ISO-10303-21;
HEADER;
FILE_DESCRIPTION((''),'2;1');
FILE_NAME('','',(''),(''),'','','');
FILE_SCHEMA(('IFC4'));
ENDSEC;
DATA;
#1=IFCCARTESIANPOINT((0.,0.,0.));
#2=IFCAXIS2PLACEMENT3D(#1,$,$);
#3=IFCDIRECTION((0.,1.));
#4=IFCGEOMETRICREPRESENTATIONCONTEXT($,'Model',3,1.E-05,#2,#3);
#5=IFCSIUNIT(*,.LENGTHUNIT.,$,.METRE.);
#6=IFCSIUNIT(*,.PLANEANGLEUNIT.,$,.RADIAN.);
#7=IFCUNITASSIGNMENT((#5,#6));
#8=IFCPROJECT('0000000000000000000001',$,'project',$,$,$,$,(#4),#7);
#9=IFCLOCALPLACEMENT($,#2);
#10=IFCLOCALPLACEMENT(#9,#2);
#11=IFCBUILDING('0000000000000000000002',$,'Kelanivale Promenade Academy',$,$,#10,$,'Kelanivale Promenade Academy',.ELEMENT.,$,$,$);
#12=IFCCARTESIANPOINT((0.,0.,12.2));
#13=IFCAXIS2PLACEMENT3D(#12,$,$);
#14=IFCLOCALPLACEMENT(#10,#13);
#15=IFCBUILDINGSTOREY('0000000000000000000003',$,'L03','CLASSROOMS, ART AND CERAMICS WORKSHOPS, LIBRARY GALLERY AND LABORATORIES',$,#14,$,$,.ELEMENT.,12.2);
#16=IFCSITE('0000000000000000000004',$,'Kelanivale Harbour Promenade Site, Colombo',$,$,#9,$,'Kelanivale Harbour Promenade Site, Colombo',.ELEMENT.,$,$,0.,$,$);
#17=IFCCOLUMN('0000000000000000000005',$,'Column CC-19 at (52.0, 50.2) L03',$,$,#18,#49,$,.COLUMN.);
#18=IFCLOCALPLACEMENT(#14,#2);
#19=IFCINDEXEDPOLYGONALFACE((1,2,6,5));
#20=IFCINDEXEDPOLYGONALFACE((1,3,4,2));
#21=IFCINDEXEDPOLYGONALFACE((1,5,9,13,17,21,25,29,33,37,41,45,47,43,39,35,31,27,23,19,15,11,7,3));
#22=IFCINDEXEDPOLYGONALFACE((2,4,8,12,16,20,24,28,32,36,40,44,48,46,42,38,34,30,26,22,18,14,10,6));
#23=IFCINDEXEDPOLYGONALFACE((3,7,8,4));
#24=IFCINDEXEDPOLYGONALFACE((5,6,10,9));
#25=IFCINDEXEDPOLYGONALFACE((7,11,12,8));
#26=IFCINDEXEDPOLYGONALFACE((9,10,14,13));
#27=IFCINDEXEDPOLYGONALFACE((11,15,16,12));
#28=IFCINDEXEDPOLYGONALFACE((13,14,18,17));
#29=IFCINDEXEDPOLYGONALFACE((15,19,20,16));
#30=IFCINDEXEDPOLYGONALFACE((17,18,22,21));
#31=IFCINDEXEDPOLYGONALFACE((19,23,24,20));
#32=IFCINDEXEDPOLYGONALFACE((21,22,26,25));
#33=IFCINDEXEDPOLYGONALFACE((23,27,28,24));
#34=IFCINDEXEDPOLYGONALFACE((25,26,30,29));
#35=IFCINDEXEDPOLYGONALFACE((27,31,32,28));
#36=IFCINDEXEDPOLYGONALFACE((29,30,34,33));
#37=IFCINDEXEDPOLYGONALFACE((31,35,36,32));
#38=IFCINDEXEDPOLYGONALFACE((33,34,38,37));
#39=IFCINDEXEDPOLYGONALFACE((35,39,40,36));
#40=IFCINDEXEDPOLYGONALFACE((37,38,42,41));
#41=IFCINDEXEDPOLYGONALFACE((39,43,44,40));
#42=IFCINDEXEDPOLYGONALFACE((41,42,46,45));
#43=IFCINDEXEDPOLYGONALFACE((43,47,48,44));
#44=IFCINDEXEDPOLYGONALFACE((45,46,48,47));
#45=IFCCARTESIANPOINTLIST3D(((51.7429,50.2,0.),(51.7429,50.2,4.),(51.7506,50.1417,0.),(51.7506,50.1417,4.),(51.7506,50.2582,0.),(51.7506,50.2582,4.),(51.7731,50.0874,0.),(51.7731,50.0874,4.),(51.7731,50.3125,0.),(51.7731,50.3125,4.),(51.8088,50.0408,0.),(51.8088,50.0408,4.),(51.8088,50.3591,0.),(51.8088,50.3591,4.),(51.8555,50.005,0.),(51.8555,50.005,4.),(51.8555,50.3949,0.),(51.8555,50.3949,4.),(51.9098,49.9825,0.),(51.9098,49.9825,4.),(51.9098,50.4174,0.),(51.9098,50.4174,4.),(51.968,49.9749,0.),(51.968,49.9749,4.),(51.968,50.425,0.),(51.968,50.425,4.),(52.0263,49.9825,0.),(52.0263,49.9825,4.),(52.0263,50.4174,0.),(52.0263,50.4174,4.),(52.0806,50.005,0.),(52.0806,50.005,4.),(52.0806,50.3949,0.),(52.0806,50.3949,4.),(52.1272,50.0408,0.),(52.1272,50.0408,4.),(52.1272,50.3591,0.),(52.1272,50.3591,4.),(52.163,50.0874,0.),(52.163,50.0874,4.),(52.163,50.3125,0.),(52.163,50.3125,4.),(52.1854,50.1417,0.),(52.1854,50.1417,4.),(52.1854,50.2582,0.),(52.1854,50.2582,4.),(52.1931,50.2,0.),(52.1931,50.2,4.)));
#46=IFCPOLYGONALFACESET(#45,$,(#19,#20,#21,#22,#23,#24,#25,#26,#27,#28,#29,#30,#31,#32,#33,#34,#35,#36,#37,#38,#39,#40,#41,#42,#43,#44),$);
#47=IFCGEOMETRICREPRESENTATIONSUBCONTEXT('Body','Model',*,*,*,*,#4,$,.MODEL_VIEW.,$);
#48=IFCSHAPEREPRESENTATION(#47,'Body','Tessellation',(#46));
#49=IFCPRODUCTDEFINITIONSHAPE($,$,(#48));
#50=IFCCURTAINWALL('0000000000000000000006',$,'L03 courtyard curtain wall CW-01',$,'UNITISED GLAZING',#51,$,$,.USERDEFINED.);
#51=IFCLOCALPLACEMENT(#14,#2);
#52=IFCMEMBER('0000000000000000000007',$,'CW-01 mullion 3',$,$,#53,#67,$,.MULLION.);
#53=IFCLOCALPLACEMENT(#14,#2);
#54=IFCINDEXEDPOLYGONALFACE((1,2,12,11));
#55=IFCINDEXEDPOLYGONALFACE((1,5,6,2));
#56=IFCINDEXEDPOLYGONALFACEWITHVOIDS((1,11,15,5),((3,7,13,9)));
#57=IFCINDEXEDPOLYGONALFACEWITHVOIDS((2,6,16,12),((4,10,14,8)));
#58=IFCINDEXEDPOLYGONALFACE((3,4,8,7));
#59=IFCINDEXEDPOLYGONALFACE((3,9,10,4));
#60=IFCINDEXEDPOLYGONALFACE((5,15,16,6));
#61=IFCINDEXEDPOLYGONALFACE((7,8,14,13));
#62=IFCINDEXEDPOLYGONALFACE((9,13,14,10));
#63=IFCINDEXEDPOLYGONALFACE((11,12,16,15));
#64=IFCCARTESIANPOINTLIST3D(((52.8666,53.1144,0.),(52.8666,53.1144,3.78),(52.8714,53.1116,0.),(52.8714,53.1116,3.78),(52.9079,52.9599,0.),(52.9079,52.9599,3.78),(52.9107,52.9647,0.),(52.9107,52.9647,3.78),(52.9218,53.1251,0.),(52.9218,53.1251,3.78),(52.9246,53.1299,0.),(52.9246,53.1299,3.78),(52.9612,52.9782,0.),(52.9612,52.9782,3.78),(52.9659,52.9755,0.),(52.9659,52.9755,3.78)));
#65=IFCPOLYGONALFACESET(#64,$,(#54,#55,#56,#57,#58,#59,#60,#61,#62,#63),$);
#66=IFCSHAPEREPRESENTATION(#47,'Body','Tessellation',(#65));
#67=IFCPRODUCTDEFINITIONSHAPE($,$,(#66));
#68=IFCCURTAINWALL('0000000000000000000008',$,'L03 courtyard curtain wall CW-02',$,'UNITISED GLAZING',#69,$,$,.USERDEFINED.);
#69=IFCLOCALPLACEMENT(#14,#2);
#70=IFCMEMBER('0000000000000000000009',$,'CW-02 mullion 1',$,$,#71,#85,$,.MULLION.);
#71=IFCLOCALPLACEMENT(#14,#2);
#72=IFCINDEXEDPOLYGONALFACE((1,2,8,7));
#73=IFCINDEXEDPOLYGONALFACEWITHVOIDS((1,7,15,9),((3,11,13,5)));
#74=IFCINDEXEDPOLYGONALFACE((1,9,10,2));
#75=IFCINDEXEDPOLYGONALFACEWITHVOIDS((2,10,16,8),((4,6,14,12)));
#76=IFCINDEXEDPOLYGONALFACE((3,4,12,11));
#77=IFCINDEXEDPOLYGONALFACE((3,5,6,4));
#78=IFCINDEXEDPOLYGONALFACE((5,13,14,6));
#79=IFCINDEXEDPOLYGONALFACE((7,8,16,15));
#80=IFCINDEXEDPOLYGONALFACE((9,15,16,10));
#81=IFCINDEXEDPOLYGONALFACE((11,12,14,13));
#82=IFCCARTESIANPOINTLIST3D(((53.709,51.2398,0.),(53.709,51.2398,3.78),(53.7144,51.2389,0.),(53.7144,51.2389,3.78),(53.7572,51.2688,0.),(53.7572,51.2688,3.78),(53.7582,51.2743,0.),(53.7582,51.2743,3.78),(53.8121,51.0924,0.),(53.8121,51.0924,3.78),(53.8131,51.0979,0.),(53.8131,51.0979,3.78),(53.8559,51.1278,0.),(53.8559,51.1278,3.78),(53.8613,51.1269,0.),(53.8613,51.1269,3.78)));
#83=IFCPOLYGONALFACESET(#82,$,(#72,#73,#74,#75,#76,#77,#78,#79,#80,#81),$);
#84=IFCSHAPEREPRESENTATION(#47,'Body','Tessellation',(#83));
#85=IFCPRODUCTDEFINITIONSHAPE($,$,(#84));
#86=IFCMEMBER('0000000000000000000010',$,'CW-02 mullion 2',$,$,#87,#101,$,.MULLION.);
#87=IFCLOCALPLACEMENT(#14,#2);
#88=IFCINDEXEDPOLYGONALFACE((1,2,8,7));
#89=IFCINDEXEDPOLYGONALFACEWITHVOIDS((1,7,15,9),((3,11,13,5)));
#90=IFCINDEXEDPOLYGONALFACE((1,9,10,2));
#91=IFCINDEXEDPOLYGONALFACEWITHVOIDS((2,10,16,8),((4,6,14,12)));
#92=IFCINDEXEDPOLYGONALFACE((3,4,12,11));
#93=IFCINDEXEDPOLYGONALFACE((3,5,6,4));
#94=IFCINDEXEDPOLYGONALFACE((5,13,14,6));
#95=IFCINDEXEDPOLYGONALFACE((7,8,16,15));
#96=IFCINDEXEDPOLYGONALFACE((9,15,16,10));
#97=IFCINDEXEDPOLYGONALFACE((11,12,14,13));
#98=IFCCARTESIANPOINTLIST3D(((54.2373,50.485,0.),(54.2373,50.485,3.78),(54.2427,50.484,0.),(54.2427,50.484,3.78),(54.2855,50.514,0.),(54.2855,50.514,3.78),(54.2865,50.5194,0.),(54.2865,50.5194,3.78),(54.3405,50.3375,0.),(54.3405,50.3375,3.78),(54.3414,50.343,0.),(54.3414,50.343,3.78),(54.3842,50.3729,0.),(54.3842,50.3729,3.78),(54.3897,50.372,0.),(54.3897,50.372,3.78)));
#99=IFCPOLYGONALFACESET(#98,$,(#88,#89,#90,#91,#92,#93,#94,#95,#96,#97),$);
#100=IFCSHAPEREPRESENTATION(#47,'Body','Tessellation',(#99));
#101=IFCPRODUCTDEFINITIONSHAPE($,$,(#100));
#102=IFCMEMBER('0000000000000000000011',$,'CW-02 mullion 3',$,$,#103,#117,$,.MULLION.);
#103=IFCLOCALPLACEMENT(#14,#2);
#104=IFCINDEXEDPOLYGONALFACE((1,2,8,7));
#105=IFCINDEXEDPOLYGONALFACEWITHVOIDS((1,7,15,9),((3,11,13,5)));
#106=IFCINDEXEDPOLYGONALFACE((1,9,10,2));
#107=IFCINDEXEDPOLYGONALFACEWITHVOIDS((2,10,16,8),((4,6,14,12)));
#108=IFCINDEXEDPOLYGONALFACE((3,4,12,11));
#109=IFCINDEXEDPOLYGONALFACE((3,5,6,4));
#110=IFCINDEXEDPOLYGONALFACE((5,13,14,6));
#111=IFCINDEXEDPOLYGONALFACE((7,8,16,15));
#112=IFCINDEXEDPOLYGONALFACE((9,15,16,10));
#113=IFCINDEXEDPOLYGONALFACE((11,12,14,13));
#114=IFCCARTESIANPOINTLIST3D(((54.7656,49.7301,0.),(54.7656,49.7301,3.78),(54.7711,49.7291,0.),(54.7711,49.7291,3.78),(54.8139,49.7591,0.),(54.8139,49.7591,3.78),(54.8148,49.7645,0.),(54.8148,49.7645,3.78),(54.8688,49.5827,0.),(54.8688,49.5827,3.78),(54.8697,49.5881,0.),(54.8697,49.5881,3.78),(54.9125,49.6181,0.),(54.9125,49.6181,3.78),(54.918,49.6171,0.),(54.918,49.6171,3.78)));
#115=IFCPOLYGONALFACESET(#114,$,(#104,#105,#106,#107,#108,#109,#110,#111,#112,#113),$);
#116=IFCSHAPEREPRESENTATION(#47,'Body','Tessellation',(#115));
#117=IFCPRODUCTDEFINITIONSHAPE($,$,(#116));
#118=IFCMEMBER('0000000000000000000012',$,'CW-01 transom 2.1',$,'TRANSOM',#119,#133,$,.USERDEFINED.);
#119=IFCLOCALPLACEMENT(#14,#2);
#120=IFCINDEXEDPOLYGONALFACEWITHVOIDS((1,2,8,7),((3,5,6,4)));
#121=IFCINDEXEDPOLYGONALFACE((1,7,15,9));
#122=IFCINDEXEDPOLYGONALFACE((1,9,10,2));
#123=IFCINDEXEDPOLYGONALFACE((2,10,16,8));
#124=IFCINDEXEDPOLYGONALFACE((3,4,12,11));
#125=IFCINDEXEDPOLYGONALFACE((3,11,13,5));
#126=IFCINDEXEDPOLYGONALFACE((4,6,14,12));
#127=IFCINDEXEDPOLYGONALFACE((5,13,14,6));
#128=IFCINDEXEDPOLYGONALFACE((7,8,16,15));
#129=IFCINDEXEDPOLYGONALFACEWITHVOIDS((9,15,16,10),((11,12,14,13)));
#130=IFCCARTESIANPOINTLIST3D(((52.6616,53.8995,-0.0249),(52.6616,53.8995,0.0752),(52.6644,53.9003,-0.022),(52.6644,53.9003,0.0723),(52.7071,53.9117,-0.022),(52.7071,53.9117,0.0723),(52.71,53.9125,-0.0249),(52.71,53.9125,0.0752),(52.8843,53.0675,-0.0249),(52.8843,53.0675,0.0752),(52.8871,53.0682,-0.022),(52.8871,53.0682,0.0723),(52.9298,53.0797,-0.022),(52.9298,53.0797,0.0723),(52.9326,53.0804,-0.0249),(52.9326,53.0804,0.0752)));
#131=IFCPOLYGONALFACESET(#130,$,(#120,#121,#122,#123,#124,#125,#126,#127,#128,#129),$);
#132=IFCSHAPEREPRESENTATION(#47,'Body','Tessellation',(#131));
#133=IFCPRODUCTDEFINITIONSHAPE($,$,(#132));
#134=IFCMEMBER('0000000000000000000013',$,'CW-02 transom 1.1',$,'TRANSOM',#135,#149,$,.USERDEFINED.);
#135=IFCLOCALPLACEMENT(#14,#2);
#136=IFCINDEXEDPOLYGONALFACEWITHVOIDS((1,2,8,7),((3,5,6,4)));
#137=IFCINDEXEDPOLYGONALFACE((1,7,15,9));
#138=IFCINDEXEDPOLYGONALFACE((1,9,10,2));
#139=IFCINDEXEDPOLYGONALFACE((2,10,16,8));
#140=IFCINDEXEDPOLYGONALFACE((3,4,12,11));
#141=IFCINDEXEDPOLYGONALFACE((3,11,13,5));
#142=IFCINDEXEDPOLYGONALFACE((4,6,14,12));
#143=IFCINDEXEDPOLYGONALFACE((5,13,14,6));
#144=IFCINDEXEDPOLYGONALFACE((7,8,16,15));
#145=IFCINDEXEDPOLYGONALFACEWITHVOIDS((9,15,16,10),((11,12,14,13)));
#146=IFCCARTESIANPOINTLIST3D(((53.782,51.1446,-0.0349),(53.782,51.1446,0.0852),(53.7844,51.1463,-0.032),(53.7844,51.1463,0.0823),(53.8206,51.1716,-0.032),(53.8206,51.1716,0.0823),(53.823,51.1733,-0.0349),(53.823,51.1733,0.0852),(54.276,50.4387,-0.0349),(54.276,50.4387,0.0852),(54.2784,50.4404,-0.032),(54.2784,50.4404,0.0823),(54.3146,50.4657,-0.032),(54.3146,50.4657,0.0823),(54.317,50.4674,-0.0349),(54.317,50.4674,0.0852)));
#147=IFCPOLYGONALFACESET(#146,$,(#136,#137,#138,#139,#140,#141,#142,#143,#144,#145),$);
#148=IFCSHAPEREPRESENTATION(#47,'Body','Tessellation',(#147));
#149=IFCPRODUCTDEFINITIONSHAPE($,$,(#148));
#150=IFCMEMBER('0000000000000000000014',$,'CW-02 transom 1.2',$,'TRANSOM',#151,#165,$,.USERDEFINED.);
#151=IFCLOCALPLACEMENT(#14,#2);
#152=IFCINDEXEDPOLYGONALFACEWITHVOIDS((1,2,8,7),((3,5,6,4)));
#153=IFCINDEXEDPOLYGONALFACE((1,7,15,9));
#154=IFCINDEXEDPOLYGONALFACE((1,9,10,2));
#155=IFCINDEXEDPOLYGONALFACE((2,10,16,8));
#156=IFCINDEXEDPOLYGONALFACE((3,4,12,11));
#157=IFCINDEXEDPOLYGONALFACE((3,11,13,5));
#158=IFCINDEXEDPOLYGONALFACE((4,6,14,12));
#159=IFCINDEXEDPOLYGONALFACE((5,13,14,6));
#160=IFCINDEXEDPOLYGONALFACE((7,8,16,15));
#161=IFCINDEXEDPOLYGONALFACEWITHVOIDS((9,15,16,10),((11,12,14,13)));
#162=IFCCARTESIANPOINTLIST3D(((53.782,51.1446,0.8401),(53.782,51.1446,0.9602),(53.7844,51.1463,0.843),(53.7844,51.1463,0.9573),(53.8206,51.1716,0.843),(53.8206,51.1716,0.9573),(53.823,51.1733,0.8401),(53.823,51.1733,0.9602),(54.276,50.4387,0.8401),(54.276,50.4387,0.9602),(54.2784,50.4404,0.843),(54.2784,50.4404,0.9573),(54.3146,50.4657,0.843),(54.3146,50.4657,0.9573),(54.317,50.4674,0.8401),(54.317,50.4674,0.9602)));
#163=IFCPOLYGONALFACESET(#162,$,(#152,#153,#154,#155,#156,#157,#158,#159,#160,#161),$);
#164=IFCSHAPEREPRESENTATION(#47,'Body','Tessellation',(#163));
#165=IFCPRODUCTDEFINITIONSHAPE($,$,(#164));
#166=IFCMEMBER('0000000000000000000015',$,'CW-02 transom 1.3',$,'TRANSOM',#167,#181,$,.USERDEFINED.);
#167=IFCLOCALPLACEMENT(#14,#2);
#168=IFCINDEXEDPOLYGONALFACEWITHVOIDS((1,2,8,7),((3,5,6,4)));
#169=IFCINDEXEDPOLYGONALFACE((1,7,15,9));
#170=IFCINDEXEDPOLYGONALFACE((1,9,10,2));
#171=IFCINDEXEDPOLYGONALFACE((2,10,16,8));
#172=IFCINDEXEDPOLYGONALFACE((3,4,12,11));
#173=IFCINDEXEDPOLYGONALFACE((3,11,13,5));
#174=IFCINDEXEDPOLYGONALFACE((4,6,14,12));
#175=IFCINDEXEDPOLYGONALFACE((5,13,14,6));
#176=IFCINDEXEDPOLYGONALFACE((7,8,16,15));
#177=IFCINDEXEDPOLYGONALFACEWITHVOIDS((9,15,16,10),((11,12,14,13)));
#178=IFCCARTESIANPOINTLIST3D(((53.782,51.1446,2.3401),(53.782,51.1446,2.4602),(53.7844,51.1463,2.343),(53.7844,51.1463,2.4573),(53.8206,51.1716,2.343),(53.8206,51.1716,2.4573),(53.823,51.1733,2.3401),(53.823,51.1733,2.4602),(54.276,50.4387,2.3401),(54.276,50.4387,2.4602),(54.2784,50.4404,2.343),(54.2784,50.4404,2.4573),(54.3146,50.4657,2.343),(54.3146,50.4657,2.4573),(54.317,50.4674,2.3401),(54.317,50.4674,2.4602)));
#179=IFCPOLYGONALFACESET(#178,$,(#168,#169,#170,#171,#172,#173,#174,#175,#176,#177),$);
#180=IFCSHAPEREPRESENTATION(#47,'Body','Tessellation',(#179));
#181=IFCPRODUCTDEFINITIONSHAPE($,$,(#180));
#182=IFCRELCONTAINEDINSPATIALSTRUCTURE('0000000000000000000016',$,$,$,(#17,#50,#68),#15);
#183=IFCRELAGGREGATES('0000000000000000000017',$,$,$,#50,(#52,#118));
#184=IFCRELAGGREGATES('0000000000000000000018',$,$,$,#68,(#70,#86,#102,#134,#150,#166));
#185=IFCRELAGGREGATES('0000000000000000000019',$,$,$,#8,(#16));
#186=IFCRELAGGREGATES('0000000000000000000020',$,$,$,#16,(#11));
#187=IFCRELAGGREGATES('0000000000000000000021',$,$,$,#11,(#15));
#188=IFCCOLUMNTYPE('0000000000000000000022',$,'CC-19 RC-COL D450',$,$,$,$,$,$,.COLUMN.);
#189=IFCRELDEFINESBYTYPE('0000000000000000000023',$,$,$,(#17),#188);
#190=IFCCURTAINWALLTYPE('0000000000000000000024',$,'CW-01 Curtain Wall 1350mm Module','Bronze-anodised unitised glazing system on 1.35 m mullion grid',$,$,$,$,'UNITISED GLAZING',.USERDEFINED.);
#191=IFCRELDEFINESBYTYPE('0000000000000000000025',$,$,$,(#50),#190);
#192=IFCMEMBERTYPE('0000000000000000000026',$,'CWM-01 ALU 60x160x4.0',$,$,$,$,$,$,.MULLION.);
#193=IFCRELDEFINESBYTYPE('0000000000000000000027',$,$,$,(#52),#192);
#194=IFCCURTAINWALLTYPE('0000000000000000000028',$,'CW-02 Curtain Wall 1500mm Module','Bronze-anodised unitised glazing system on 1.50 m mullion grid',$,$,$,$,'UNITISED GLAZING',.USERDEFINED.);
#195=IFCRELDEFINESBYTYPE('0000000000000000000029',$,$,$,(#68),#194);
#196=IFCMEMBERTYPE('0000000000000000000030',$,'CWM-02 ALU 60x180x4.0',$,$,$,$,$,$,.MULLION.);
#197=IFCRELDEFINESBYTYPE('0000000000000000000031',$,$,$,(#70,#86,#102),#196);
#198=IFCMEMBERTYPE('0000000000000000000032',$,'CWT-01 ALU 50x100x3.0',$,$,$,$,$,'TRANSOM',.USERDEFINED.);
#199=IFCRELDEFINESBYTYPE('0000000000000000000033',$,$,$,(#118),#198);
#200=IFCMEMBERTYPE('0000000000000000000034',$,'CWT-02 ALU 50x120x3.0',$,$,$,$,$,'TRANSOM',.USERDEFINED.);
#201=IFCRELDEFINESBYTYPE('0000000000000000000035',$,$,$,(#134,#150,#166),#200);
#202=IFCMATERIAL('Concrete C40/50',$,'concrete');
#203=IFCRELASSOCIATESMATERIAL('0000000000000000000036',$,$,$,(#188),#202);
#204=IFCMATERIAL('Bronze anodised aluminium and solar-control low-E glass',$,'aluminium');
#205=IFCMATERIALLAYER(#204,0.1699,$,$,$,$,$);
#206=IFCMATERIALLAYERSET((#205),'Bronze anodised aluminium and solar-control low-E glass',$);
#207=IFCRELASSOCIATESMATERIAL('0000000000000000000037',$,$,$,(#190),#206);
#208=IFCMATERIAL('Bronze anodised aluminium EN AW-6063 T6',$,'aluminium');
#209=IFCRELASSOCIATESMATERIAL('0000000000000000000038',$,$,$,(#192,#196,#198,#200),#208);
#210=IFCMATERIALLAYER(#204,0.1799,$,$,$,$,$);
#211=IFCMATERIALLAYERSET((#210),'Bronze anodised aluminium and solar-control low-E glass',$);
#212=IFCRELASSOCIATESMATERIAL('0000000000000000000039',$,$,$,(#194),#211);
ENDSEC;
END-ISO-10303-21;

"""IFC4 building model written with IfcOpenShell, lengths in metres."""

from ifc_helpers import new_model, si_unit, direction, frame, origin, origin_2d, place, context, subcontext, project, spatial, hollow_rectangle, circle, extrude, material, layer, layer_set, material_profile, profile_set, type_object, element, aggregate, save


model = new_model("IFC4")

# Units and contexts
model_context = context("Model", 3, precision=1e-05, world=origin(), true_north=direction((0.0, 1.0)))
body_context = subcontext(model_context, "Body", "Model", "MODEL_VIEW")
ifc_project = project(units=[si_unit("LENGTHUNIT", "METRE"), si_unit("PLANEANGLEUNIT", "RADIAN")], contexts=[model_context])

# Site, building, storey
site_placement = place(None, origin())
site = spatial("IfcSite", under=ifc_project, at=site_placement, Name="Kelanivale Harbour Promenade Site, Colombo", LongName="Kelanivale Harbour Promenade Site, Colombo", CompositionType="ELEMENT", RefElevation=0.0)
building_placement = place(site_placement, origin())
building = spatial("IfcBuilding", under=site, at=building_placement, Name="Kelanivale Promenade Academy", LongName="Kelanivale Promenade Academy", CompositionType="ELEMENT")
storey_placement = place(building_placement, frame((0.0, 0.0, 12.2)))
storey = spatial("IfcBuildingStorey", under=building, at=storey_placement, Name="L03", Description="CLASSROOMS, ART AND CERAMICS WORKSHOPS, LIBRARY GALLERY AND LABORATORIES", CompositionType="ELEMENT", Elevation=12.2)

# Column
ifc_material_1 = material(Name="Concrete C40/50", Category="concrete")
ifc_material_profile_1 = material_profile(ifc_material_1, circle(Radius=0.2251, at=origin_2d()), Name="RC-COL D450")
ifc_profile_set_1 = profile_set([ifc_material_profile_1], Name="Concrete C40/50")
column_type = type_object("IfcColumnType", Name="CC-19 RC-COL D450", PredefinedType="COLUMN", material=ifc_profile_set_1)
column_placement = place(storey_placement, frame((51.968, 50.2, 0.0), z_axis=(0.0, 0.0, 1.0), x_axis=(1.0, 0.0, 0.0)))
element("IfcColumn", 1, at=column_placement, inside=storey, type_object=column_type, Name="Column CC-19 at (52.0, 50.2) L03", PredefinedType="COLUMN", context=body_context, shape_type="SweptSolid", body=[
    extrude(circle(Radius=0.2251, at=origin_2d()), origin(), (0.0, 0.0, 1.0), 4.0),
])

# Curtain wall, member
ifc_material_2 = material(Name="Bronze anodised aluminium and solar-control low-E glass", Category="aluminium")
ifc_layer_1 = layer(ifc_material_2, 0.1699)
ifc_layer_set_1 = layer_set([ifc_layer_1], Name="Bronze anodised aluminium and solar-control low-E glass")
curtain_wall_type_1 = type_object("IfcCurtainWallType", Name="CW-01 Curtain Wall 1350mm Module", Description="Bronze-anodised unitised glazing system on 1.35 m mullion grid", ElementType="UNITISED GLAZING", PredefinedType="USERDEFINED", material=ifc_layer_set_1)
curtain_wall_1_placement = place(storey_placement, origin())
curtain_wall_1 = element("IfcCurtainWall", 2, at=curtain_wall_1_placement, inside=storey, type_object=curtain_wall_type_1, Name="L03 courtyard curtain wall CW-01", ObjectType="UNITISED GLAZING", PredefinedType="USERDEFINED")
ifc_material_3 = material(Name="Bronze anodised aluminium EN AW-6063 T6", Category="aluminium")
ifc_material_profile_2 = material_profile(ifc_material_3, hollow_rectangle(XDim=0.0601, YDim=0.1599, WallThickness=0.0039, at=origin_2d()), Name="ALU 60x160x4.0")
ifc_profile_set_2 = profile_set([ifc_material_profile_2], Name="Bronze anodised aluminium EN AW-6063 T6")
member_type_1 = type_object("IfcMemberType", Name="CWM-01 ALU 60x160x4.0", PredefinedType="MULLION", material=ifc_profile_set_2)
member_1_placement = place(storey_placement, frame((52.9163, 53.0449, 0.0), z_axis=(0.0, 0.0, 1.0), x_axis=(0.96599, 0.258578, 0.0)))
member_1 = element("IfcMember", 3, at=member_1_placement, type_object=member_type_1, Name="CW-01 mullion 3", PredefinedType="MULLION", context=body_context, shape_type="SweptSolid", body=[
    extrude(hollow_rectangle(XDim=0.0601, YDim=0.1599, WallThickness=0.0039, at=origin_2d()), origin(), (0.0, 0.0, 1.0), 3.78),
])

# Curtain wall, members
ifc_layer_2 = layer(ifc_material_2, 0.1799)
ifc_layer_set_2 = layer_set([ifc_layer_2], Name="Bronze anodised aluminium and solar-control low-E glass")
curtain_wall_type_2 = type_object("IfcCurtainWallType", Name="CW-02 Curtain Wall 1500mm Module", Description="Bronze-anodised unitised glazing system on 1.50 m mullion grid", ElementType="UNITISED GLAZING", PredefinedType="USERDEFINED", material=ifc_layer_set_2)
curtain_wall_2_placement = place(storey_placement, origin())
curtain_wall_2 = element("IfcCurtainWall", 4, at=curtain_wall_2_placement, inside=storey, type_object=curtain_wall_type_2, Name="L03 courtyard curtain wall CW-02", ObjectType="UNITISED GLAZING", PredefinedType="USERDEFINED")
ifc_material_profile_3 = material_profile(ifc_material_3, hollow_rectangle(XDim=0.0601, YDim=0.1799, WallThickness=0.0039, at=origin_2d()), Name="ALU 60x180x4.0")
ifc_profile_set_3 = profile_set([ifc_material_profile_3], Name="Bronze anodised aluminium EN AW-6063 T6")
member_type_2 = type_object("IfcMemberType", Name="CWM-02 ALU 60x180x4.0", PredefinedType="MULLION", material=ifc_profile_set_3)
member_2_placement = place(storey_placement, frame((53.7852, 51.1833, 0.0), z_axis=(0.0, 0.0, 1.0), x_axis=(0.819306, 0.573357, 0.0)))
member_2 = element("IfcMember", 5, at=member_2_placement, type_object=member_type_2, Name="CW-02 mullion 1", PredefinedType="MULLION", context=body_context, shape_type="SweptSolid", body=[
    extrude(hollow_rectangle(XDim=0.0601, YDim=0.1799, WallThickness=0.0039, at=origin_2d()), origin(), (0.0, 0.0, 1.0), 3.78),
])
member_3_placement = place(storey_placement, frame((54.3135, 50.4285, 0.0), z_axis=(0.0, 0.0, 1.0), x_axis=(0.819306, 0.573357, 0.0)))
member_3 = element("IfcMember", 6, at=member_3_placement, type_object=member_type_2, Name="CW-02 mullion 2", PredefinedType="MULLION", context=body_context, shape_type="SweptSolid", body=[
    extrude(hollow_rectangle(XDim=0.0601, YDim=0.1799, WallThickness=0.0039, at=origin_2d()), origin(), (0.0, 0.0, 1.0), 3.78),
])
member_4_placement = place(storey_placement, frame((54.8418, 49.6736, 0.0), z_axis=(0.0, 0.0, 1.0), x_axis=(0.819306, 0.573357, 0.0)))
member_4 = element("IfcMember", 7, at=member_4_placement, type_object=member_type_2, Name="CW-02 mullion 3", PredefinedType="MULLION", context=body_context, shape_type="SweptSolid", body=[
    extrude(hollow_rectangle(XDim=0.0601, YDim=0.1799, WallThickness=0.0039, at=origin_2d()), origin(), (0.0, 0.0, 1.0), 3.78),
])

# Members
ifc_material_profile_4 = material_profile(ifc_material_3, hollow_rectangle(XDim=0.05, YDim=0.1001, WallThickness=0.0029, at=origin_2d()), Name="ALU 50x100x3.0")
ifc_profile_set_4 = profile_set([ifc_material_profile_4], Name="Bronze anodised aluminium EN AW-6063 T6")
member_type_3 = type_object("IfcMemberType", Name="CWT-01 ALU 50x100x3.0", ElementType="TRANSOM", PredefinedType="USERDEFINED", material=ifc_profile_set_4)
member_5_placement = place(storey_placement, frame((52.6858, 53.906, 0.0251), z_axis=(0.258509, -0.966009, 0.0), x_axis=(0.966009, 0.258509, 0.0)))
member_5 = element("IfcMember", 8, at=member_5_placement, type_object=member_type_3, Name="CW-01 transom 2.1", ObjectType="TRANSOM", PredefinedType="USERDEFINED", context=body_context, shape_type="SweptSolid", body=[
    extrude(hollow_rectangle(XDim=0.05, YDim=0.1001, WallThickness=0.0029, at=origin_2d()), origin(), (0.0, 0.0, 1.0), 0.8613),
])
ifc_material_profile_5 = material_profile(ifc_material_3, hollow_rectangle(XDim=0.05, YDim=0.1201, WallThickness=0.0029, at=origin_2d()), Name="ALU 50x120x3.0")
ifc_profile_set_5 = profile_set([ifc_material_profile_5], Name="Bronze anodised aluminium EN AW-6063 T6")
member_type_4 = type_object("IfcMemberType", Name="CWT-02 ALU 50x120x3.0", ElementType="TRANSOM", PredefinedType="USERDEFINED", material=ifc_profile_set_5)
member_6_placement = place(storey_placement, frame((53.8025, 51.1589, 0.0251), z_axis=(0.573329, -0.819325, 0.0), x_axis=(0.819325, 0.573329, 0.0)))
member_6 = element("IfcMember", 9, at=member_6_placement, type_object=member_type_4, Name="CW-02 transom 1.1", ObjectType="TRANSOM", PredefinedType="USERDEFINED", context=body_context, shape_type="SweptSolid", body=[
    extrude(hollow_rectangle(XDim=0.05, YDim=0.1201, WallThickness=0.0029, at=origin_2d()), origin(), (0.0, 0.0, 1.0), 0.8616),
])
member_7_placement = place(storey_placement, frame((53.8025, 51.1589, 0.9001), z_axis=(0.573329, -0.819325, 0.0), x_axis=(0.819325, 0.573329, 0.0)))
member_7 = element("IfcMember", 10, at=member_7_placement, type_object=member_type_4, Name="CW-02 transom 1.2", ObjectType="TRANSOM", PredefinedType="USERDEFINED", context=body_context, shape_type="SweptSolid", body=[
    extrude(hollow_rectangle(XDim=0.05, YDim=0.1201, WallThickness=0.0029, at=origin_2d()), origin(), (0.0, 0.0, 1.0), 0.8616),
])
member_8_placement = place(storey_placement, frame((53.8025, 51.1589, 2.4001), z_axis=(0.573329, -0.819325, 0.0), x_axis=(0.819325, 0.573329, 0.0)))
member_8 = element("IfcMember", 11, at=member_8_placement, type_object=member_type_4, Name="CW-02 transom 1.3", ObjectType="TRANSOM", PredefinedType="USERDEFINED", context=body_context, shape_type="SweptSolid", body=[
    extrude(hollow_rectangle(XDim=0.05, YDim=0.1201, WallThickness=0.0029, at=origin_2d()), origin(), (0.0, 0.0, 1.0), 0.8616),
])

aggregate(curtain_wall_1, [member_1, member_5])
aggregate(curtain_wall_2, [member_2, member_3, member_4, member_6, member_7, member_8])

save(model, "model.ifc")
